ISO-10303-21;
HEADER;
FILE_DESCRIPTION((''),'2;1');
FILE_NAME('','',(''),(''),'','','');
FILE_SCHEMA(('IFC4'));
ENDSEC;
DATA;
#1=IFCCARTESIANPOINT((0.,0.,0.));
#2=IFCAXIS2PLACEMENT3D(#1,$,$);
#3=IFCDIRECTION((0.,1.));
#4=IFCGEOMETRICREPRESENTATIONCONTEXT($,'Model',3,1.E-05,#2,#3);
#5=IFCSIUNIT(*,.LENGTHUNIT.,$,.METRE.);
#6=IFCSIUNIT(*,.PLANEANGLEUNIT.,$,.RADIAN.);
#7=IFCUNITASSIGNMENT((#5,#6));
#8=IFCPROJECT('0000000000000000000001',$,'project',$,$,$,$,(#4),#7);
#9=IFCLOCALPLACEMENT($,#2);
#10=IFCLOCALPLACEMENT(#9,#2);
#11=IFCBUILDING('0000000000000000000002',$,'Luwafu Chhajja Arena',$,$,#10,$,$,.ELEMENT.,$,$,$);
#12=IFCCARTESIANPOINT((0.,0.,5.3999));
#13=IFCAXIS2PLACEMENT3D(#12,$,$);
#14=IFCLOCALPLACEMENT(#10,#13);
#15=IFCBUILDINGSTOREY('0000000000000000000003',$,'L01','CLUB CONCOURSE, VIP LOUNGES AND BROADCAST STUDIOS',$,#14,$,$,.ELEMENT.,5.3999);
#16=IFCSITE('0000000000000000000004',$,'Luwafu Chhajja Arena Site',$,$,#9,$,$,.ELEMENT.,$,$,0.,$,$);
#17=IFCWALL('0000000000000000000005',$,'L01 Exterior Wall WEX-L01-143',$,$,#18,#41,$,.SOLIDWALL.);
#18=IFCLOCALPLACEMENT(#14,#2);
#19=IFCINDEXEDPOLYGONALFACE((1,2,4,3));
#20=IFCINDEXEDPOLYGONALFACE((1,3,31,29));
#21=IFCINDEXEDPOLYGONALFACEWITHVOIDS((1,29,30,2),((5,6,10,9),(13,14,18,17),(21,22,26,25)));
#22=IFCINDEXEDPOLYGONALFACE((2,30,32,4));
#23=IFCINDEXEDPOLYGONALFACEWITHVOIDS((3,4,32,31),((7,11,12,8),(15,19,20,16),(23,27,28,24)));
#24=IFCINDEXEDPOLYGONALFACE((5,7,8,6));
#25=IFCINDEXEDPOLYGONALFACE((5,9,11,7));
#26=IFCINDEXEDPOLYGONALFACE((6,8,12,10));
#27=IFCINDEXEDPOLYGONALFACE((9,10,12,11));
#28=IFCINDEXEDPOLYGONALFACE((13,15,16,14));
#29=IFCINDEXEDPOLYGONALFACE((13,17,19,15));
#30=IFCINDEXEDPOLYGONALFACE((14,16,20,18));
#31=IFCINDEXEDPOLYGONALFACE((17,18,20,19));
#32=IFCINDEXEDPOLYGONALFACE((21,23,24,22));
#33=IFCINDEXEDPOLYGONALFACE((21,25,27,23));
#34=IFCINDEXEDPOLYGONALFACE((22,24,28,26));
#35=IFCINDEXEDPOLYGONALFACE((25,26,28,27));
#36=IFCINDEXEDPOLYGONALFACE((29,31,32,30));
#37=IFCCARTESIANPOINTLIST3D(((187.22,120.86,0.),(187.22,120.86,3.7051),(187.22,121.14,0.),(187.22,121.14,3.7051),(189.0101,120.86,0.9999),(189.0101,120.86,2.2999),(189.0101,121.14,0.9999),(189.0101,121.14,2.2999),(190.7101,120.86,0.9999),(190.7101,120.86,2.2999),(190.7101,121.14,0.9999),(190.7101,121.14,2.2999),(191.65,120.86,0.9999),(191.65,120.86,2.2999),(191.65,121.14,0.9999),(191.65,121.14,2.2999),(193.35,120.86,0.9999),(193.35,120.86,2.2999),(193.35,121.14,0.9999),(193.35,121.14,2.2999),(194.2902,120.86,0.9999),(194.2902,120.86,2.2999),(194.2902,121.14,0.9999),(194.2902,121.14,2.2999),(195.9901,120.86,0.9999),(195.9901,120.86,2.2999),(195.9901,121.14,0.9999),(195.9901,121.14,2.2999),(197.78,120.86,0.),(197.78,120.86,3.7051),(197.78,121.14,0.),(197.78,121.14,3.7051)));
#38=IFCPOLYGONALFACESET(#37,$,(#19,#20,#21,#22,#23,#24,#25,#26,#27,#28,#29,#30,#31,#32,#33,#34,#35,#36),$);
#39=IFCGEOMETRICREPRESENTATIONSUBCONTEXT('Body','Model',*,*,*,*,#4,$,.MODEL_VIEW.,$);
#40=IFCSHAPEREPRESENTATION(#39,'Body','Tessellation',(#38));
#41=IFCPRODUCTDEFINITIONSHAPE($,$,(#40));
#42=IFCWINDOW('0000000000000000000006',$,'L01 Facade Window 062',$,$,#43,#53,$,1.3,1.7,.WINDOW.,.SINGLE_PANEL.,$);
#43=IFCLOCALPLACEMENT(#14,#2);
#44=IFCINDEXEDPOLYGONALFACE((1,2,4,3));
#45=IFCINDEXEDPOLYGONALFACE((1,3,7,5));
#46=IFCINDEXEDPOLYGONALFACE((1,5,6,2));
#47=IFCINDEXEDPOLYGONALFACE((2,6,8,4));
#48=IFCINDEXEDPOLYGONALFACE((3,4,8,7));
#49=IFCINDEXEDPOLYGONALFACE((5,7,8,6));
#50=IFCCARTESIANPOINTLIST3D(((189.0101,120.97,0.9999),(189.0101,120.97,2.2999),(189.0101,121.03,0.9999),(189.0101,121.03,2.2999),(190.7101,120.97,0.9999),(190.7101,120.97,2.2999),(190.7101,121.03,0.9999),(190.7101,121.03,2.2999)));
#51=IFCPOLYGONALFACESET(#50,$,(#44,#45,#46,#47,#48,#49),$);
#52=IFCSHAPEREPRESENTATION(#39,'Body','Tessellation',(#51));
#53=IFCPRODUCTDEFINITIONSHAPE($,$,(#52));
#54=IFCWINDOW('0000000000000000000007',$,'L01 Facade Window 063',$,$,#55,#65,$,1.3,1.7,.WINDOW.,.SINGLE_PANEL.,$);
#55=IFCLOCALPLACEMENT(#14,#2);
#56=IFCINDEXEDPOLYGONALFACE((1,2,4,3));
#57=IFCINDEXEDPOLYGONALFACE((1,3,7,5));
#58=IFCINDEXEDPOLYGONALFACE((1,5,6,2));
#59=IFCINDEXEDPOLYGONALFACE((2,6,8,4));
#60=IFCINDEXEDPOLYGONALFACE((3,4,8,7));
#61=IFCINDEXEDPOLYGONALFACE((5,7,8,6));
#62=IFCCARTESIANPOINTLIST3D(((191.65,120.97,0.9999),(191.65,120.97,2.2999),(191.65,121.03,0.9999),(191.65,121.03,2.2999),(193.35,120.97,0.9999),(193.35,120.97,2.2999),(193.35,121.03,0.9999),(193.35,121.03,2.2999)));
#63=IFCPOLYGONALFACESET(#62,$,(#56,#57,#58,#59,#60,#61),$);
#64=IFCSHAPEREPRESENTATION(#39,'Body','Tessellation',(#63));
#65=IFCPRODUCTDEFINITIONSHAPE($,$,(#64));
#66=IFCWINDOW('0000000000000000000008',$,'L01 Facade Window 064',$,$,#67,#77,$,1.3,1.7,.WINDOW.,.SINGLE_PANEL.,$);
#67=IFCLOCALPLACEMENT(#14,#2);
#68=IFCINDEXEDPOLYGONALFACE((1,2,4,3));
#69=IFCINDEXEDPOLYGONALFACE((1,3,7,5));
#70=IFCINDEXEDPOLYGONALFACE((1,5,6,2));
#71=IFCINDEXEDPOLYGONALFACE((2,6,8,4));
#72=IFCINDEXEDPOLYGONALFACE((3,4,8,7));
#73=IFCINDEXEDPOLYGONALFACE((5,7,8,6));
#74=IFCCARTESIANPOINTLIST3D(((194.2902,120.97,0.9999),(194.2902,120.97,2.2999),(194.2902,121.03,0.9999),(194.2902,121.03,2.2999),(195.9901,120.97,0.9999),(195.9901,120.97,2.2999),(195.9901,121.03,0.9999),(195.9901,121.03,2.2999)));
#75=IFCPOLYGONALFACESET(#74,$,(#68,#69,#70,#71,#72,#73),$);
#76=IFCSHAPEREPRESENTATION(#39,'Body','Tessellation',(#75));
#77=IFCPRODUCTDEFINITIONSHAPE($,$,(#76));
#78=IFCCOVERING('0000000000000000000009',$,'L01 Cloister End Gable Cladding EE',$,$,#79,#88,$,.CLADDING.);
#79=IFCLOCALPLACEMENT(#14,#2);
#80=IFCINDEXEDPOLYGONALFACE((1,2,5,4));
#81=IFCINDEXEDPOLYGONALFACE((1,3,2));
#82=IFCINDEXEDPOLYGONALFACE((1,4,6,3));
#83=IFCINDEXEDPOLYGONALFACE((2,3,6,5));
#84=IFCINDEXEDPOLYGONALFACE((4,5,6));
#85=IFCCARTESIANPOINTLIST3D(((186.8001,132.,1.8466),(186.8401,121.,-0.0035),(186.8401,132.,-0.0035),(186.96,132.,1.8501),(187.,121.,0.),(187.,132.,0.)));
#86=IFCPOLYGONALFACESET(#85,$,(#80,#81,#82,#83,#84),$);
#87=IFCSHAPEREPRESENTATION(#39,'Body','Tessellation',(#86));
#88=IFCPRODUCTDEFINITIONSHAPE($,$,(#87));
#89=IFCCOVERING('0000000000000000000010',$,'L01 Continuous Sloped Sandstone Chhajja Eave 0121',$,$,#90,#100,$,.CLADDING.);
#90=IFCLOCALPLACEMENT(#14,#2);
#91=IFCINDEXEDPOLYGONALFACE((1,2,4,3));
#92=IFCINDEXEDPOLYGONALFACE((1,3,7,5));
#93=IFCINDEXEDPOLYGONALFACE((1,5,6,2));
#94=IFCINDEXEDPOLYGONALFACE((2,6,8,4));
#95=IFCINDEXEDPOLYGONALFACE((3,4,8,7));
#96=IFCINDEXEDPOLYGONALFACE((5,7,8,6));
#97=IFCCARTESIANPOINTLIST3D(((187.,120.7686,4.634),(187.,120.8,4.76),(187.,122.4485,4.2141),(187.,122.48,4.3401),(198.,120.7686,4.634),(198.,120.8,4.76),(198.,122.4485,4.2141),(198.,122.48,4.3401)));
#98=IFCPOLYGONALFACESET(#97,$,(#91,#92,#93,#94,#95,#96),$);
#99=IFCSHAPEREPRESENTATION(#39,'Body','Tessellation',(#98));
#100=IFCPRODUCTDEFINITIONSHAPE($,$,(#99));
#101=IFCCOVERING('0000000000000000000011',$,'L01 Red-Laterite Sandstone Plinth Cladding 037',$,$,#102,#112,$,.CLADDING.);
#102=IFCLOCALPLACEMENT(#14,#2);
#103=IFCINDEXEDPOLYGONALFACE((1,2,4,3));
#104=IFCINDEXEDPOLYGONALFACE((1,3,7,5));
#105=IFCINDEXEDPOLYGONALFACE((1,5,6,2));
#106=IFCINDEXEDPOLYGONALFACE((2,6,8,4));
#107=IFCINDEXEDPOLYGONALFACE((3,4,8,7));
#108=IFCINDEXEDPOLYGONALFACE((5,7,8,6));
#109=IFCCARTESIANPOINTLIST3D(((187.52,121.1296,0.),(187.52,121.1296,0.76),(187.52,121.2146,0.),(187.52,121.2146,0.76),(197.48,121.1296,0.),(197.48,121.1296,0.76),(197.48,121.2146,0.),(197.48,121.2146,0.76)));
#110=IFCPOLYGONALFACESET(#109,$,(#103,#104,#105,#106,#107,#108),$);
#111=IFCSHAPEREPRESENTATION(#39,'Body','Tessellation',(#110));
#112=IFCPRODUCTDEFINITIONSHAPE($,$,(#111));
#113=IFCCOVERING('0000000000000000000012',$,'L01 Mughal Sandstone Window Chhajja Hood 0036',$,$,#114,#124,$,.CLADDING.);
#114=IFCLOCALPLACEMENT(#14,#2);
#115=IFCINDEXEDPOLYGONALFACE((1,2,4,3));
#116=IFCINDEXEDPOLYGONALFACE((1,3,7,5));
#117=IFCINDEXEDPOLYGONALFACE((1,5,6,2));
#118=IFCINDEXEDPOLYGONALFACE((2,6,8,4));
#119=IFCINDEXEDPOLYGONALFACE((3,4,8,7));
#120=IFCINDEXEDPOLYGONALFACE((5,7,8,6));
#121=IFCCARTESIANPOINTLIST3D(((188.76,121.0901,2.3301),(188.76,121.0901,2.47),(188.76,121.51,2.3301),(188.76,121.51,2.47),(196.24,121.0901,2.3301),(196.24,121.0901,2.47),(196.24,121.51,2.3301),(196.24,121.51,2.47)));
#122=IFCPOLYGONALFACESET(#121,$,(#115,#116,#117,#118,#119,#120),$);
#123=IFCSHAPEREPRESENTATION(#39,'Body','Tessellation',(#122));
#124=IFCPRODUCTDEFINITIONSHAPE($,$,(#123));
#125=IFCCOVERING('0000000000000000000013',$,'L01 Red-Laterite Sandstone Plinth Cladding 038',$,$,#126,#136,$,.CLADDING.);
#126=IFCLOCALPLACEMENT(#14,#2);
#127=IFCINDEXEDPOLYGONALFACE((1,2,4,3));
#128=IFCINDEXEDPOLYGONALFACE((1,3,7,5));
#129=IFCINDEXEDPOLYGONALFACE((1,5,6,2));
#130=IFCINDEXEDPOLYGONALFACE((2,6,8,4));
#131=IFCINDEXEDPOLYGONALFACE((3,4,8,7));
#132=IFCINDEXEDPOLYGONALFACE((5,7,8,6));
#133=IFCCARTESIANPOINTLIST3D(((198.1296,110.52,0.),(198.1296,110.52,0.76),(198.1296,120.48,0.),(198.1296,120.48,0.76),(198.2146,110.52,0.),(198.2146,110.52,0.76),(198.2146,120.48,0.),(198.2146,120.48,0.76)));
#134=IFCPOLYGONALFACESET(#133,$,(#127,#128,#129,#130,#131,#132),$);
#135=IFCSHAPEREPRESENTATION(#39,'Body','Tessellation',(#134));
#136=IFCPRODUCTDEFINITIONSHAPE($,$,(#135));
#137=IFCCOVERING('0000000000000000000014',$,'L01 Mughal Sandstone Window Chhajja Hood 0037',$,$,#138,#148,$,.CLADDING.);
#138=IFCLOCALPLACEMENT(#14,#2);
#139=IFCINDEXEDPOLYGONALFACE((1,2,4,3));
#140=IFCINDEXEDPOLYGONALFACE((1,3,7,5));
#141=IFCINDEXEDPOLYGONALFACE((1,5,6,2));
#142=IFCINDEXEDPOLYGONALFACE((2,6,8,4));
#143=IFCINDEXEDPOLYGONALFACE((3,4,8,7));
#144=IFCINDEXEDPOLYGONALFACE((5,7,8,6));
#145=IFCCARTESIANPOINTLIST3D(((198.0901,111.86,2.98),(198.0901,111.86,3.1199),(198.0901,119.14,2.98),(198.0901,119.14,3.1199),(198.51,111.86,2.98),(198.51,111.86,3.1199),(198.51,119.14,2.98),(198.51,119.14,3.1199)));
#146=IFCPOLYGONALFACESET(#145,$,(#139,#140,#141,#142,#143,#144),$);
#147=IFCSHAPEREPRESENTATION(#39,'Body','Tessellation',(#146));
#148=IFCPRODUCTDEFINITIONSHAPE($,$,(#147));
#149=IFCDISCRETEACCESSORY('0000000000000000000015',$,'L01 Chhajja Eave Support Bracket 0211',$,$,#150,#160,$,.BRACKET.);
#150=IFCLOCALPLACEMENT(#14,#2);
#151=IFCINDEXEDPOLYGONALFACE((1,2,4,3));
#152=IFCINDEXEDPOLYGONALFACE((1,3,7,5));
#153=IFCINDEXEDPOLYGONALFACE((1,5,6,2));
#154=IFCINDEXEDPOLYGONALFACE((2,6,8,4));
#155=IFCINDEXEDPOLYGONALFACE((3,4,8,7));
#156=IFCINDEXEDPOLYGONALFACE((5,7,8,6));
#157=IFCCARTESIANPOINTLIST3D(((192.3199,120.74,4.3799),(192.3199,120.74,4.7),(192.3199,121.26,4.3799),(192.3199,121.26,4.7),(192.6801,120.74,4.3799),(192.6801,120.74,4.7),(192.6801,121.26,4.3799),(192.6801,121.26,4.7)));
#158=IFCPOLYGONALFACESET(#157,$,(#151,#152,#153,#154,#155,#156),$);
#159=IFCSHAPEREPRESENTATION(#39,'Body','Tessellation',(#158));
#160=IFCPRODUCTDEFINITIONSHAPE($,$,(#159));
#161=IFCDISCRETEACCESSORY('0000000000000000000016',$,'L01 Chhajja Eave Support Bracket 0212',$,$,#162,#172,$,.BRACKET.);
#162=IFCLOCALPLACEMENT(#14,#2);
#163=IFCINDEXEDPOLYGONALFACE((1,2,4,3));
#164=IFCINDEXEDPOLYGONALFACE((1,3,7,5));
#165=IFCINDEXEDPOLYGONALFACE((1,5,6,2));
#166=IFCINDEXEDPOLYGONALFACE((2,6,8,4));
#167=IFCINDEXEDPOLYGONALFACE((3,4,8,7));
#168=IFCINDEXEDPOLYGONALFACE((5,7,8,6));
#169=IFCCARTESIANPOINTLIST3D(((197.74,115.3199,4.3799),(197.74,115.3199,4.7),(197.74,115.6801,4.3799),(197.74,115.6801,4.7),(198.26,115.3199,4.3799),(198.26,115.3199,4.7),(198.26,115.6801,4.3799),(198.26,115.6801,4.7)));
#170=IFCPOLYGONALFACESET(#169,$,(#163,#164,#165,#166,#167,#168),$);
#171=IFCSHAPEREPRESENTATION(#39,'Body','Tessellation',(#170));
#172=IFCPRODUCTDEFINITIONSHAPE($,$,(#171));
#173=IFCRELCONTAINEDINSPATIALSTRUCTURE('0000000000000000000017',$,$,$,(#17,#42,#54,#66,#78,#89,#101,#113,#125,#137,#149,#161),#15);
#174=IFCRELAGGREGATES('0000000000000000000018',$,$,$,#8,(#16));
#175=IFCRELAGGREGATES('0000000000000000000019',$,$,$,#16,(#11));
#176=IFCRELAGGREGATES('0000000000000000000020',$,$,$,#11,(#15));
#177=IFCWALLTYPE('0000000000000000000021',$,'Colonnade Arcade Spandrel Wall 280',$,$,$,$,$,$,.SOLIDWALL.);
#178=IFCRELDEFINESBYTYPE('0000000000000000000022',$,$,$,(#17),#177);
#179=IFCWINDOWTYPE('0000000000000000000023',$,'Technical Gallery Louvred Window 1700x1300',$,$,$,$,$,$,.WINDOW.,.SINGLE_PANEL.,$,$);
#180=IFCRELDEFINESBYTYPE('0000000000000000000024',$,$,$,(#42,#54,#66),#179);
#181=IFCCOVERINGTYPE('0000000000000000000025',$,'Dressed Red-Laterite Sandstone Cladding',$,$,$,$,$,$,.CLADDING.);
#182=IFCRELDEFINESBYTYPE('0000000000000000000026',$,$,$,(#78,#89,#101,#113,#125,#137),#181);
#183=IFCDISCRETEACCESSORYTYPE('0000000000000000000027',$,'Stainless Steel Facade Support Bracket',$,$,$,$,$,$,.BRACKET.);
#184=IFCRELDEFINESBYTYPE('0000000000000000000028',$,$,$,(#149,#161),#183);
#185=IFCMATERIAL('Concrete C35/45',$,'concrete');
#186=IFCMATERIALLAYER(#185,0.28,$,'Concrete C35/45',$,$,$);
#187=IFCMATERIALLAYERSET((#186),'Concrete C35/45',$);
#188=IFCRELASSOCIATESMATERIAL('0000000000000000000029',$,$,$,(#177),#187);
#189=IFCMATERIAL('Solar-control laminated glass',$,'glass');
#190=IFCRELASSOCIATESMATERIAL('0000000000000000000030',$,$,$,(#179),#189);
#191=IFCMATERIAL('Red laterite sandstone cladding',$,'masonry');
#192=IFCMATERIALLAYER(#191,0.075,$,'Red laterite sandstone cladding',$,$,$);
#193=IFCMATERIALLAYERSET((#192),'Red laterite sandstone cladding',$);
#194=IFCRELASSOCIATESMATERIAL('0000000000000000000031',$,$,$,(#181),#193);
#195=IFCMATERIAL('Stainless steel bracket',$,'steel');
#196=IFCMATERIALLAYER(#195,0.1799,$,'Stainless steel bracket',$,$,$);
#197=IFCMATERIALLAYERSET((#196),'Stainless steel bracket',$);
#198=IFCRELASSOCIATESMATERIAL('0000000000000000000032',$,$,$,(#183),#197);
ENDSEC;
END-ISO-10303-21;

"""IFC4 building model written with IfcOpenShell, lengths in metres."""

from ifc_helpers import new_model, si_unit, direction, frame, frame_2d, origin, origin_2d, place, context, subcontext, project, spatial, polyline, rectangle, outline, extrude, material, layer, layer_set, type_object, element, fill, save


model = new_model("IFC4")

# Units and contexts
model_context = context("Model", 3, precision=1e-05, world=origin(), true_north=direction((0.0, 1.0)))
body_context = subcontext(model_context, "Body", "Model", "MODEL_VIEW")
ifc_project = project(units=[si_unit("LENGTHUNIT", "METRE"), si_unit("PLANEANGLEUNIT", "RADIAN")], contexts=[model_context])

# Site, building, storey
site_placement = place(None, origin())
site = spatial("IfcSite", under=ifc_project, at=site_placement, Name="Luwafu Chhajja Arena Site", CompositionType="ELEMENT", RefElevation=0.0)
building_placement = place(site_placement, origin())
building = spatial("IfcBuilding", under=site, at=building_placement, Name="Luwafu Chhajja Arena", CompositionType="ELEMENT")
storey_placement = place(building_placement, frame((0.0, 0.0, 5.3999)))
storey = spatial("IfcBuildingStorey", under=building, at=storey_placement, Name="L01", Description="CLUB CONCOURSE, VIP LOUNGES AND BROADCAST STUDIOS", CompositionType="ELEMENT", Elevation=5.3999)

# Shared definitions
ifc_material_1 = material(Name="Concrete C35/45", Category="concrete")

# Wall, openings, windows
ifc_layer_1 = layer(ifc_material_1, 0.28, Name="Concrete C35/45")
ifc_layer_set_1 = layer_set([ifc_layer_1], Name="Concrete C35/45")
wall_type = type_object("IfcWallType", Name="Colonnade Arcade Spandrel Wall 280", PredefinedType="SOLIDWALL", material=ifc_layer_set_1)
wall_placement = place(storey_placement, frame((187.22, 121.0, 0.0), z_axis=(0.0, 0.0, 1.0), x_axis=(1.0, 0.0, 0.0)))
wall = element("IfcWall", 1, at=wall_placement, inside=storey, type_object=wall_type, Name="L01 Exterior Wall WEX-L01-143", PredefinedType="SOLIDWALL", context=body_context, shape_type="SweptSolid", body=[
    extrude(rectangle(XDim=10.5601, YDim=0.28, at=frame_2d((5.28, 0.0))), origin(), (0.0, 0.0, 1.0), 3.7051),
])
opening_1_placement = place(wall_placement, frame((1.79, 0.0, 1.0)))
opening_1 = element("IfcOpeningElement", 2, at=opening_1_placement, cuts=wall, PredefinedType="OPENING", context=body_context, shape_type="SweptSolid", body=[
    extrude(rectangle(XDim=1.7, YDim=1.3, at=frame_2d((0.8501, 0.6499))), frame((0.0, 0.1499, 0.0), z_axis=(0.0, -1.0, 0.0), x_axis=(1.0, 0.0, 0.0)), (0.0, 0.0, 1.0), 0.3),
])
opening_2_placement = place(wall_placement, frame((4.4299, 0.0, 1.0)))
opening_2 = element("IfcOpeningElement", 3, at=opening_2_placement, cuts=wall, PredefinedType="OPENING", context=body_context, shape_type="SweptSolid", body=[
    extrude(rectangle(XDim=1.7, YDim=1.3, at=frame_2d((0.8501, 0.6499))), frame((0.0, 0.1499, 0.0), z_axis=(0.0, -1.0, 0.0), x_axis=(1.0, 0.0, 0.0)), (0.0, 0.0, 1.0), 0.3),
])
opening_3_placement = place(wall_placement, frame((7.0701, 0.0, 1.0)))
opening_3 = element("IfcOpeningElement", 4, at=opening_3_placement, cuts=wall, PredefinedType="OPENING", context=body_context, shape_type="SweptSolid", body=[
    extrude(rectangle(XDim=1.7, YDim=1.3, at=frame_2d((0.8501, 0.6499))), frame((0.0, 0.1499, 0.0), z_axis=(0.0, -1.0, 0.0), x_axis=(1.0, 0.0, 0.0)), (0.0, 0.0, 1.0), 0.3),
])
ifc_material_2 = material(Name="Solar-control laminated glass", Category="glass")
window_type = type_object("IfcWindowType", Name="Technical Gallery Louvred Window 1700x1300", PartitioningType="SINGLE_PANEL", PredefinedType="WINDOW", material=ifc_material_2)
window_1_placement = place(opening_1_placement, origin())
window_1 = element("IfcWindow", 5, at=window_1_placement, inside=storey, type_object=window_type, Name="L01 Facade Window 062", OverallHeight=1.3, OverallWidth=1.7, PartitioningType="SINGLE_PANEL", PredefinedType="WINDOW", context=body_context, shape_type="SweptSolid", body=[
    extrude(rectangle(XDim=1.7, YDim=1.3, at=frame_2d((0.8501, 0.6499))), frame((0.0, 0.03, 0.0), z_axis=(0.0, -1.0, 0.0), x_axis=(1.0, 0.0, 0.0)), (0.0, 0.0, 1.0), 0.0601),
])
fill(opening_1, window_1)
window_2_placement = place(opening_2_placement, origin())
window_2 = element("IfcWindow", 6, at=window_2_placement, inside=storey, type_object=window_type, Name="L01 Facade Window 063", OverallHeight=1.3, OverallWidth=1.7, PartitioningType="SINGLE_PANEL", PredefinedType="WINDOW", context=body_context, shape_type="SweptSolid", body=[
    extrude(rectangle(XDim=1.7, YDim=1.3, at=frame_2d((0.8501, 0.6499))), frame((0.0, 0.03, 0.0), z_axis=(0.0, -1.0, 0.0), x_axis=(1.0, 0.0, 0.0)), (0.0, 0.0, 1.0), 0.0601),
])
fill(opening_2, window_2)
window_3_placement = place(opening_3_placement, origin())
window_3 = element("IfcWindow", 7, at=window_3_placement, inside=storey, type_object=window_type, Name="L01 Facade Window 064", OverallHeight=1.3, OverallWidth=1.7, PartitioningType="SINGLE_PANEL", PredefinedType="WINDOW", context=body_context, shape_type="SweptSolid", body=[
    extrude(rectangle(XDim=1.7, YDim=1.3, at=frame_2d((0.8501, 0.6499))), frame((0.0, 0.03, 0.0), z_axis=(0.0, -1.0, 0.0), x_axis=(1.0, 0.0, 0.0)), (0.0, 0.0, 1.0), 0.0601),
])
fill(opening_3, window_3)

# Coverings
ifc_material_3 = material(Name="Red laterite sandstone cladding", Category="masonry")
ifc_layer_2 = layer(ifc_material_3, 0.075, Name="Red laterite sandstone cladding")
ifc_layer_set_2 = layer_set([ifc_layer_2], Name="Red laterite sandstone cladding")
covering_type = type_object("IfcCoveringType", Name="Dressed Red-Laterite Sandstone Cladding", PredefinedType="CLADDING", material=ifc_layer_set_2)
covering_1_placement = place(storey_placement, frame((187.0, 121.0, 0.0), z_axis=(0.999766, 0.0, 0.021637), x_axis=(0.0, 1.0, 0.0)))
element("IfcCovering", 8, at=covering_1_placement, inside=storey, type_object=covering_type, Name="L01 Cloister End Gable Cladding EE", PredefinedType="CLADDING", context=body_context, shape_type="SweptSolid", body=[
    extrude(outline(polyline([(0.0, 0.0), (11.0, 0.0), (11.0, 1.8505), (0.0, 0.0)])), origin(), (0.0, 0.0, -1.0), 0.1599),
])
covering_2_placement = place(storey_placement, frame((187.0, 120.8, 4.76), z_axis=(0.0, 0.242502, 0.970151), x_axis=(1.0, 0.0, 0.0)))
element("IfcCovering", 9, at=covering_2_placement, inside=storey, type_object=covering_type, Name="L01 Continuous Sloped Sandstone Chhajja Eave 0121", PredefinedType="CLADDING", context=body_context, shape_type="SweptSolid", body=[
    extrude(outline(polyline([(0.0, 0.0), (11.0, 0.0), (11.0, 1.7316), (0.0, 1.7316), (0.0, 0.0)])), origin(), (0.0, 0.0, -1.0), 0.1299),
])
covering_3_placement = place(storey_placement, frame((192.5, 121.1721, 0.0), z_axis=(0.0, 0.0, 1.0), x_axis=(1.0, 0.0, 0.0)))
element("IfcCovering", 10, at=covering_3_placement, inside=storey, type_object=covering_type, Name="L01 Red-Laterite Sandstone Plinth Cladding 037", PredefinedType="CLADDING", context=body_context, shape_type="SweptSolid", body=[
    extrude(rectangle(XDim=9.96, YDim=0.085, at=origin_2d()), origin(), (0.0, 0.0, 1.0), 0.76),
])
covering_4_placement = place(storey_placement, frame((192.5, 121.3, 2.3301), z_axis=(0.0, 0.0, 1.0), x_axis=(1.0, 0.0, 0.0)))
element("IfcCovering", 11, at=covering_4_placement, inside=storey, type_object=covering_type, Name="L01 Mughal Sandstone Window Chhajja Hood 0036", PredefinedType="CLADDING", context=body_context, shape_type="SweptSolid", body=[
    extrude(rectangle(XDim=7.48, YDim=0.4199, at=origin_2d()), origin(), (0.0, 0.0, 1.0), 0.1399),
])
covering_5_placement = place(storey_placement, frame((198.1721, 115.5, 0.0), z_axis=(0.0, 0.0, 1.0), x_axis=(0.0, 1.0, 0.0)))
element("IfcCovering", 12, at=covering_5_placement, inside=storey, type_object=covering_type, Name="L01 Red-Laterite Sandstone Plinth Cladding 038", PredefinedType="CLADDING", context=body_context, shape_type="SweptSolid", body=[
    extrude(rectangle(XDim=9.96, YDim=0.085, at=origin_2d()), origin(), (0.0, 0.0, 1.0), 0.76),
])
covering_6_placement = place(storey_placement, frame((198.3, 115.5, 2.98), z_axis=(0.0, 0.0, 1.0), x_axis=(0.0, 1.0, 0.0)))
element("IfcCovering", 13, at=covering_6_placement, inside=storey, type_object=covering_type, Name="L01 Mughal Sandstone Window Chhajja Hood 0037", PredefinedType="CLADDING", context=body_context, shape_type="SweptSolid", body=[
    extrude(rectangle(XDim=7.28, YDim=0.4199, at=origin_2d()), origin(), (0.0, 0.0, 1.0), 0.1399),
])

# Discrete accessories
ifc_material_4 = material(Name="Stainless steel bracket", Category="steel")
ifc_layer_3 = layer(ifc_material_4, 0.1799, Name="Stainless steel bracket")
ifc_layer_set_3 = layer_set([ifc_layer_3], Name="Stainless steel bracket")
discrete_accessory_type = type_object("IfcDiscreteAccessoryType", Name="Stainless Steel Facade Support Bracket", PredefinedType="BRACKET", material=ifc_layer_set_3)
for number, where, z_axis, x_axis, name in (
    (14, (192.5, 121.0, 4.3799), (0.0, 0.0, 1.0), (1.0, 0.0, 0.0), "L01 Chhajja Eave Support Bracket 0211"),
    (15, (198.0, 115.5, 4.3799), (0.0, 0.0, 1.0), (0.0, 1.0, 0.0), "L01 Chhajja Eave Support Bracket 0212"),
):
    element("IfcDiscreteAccessory", number, at=place(storey_placement, frame(where, z_axis=z_axis, x_axis=x_axis)), inside=storey, type_object=discrete_accessory_type, Name=name, PredefinedType="BRACKET", context=body_context, shape_type="SweptSolid", body=[
        extrude(rectangle(XDim=0.3601, YDim=0.52, at=origin_2d()), origin(), (0.0, 0.0, 1.0), 0.3201),
    ])

save(model, "model.ifc")
